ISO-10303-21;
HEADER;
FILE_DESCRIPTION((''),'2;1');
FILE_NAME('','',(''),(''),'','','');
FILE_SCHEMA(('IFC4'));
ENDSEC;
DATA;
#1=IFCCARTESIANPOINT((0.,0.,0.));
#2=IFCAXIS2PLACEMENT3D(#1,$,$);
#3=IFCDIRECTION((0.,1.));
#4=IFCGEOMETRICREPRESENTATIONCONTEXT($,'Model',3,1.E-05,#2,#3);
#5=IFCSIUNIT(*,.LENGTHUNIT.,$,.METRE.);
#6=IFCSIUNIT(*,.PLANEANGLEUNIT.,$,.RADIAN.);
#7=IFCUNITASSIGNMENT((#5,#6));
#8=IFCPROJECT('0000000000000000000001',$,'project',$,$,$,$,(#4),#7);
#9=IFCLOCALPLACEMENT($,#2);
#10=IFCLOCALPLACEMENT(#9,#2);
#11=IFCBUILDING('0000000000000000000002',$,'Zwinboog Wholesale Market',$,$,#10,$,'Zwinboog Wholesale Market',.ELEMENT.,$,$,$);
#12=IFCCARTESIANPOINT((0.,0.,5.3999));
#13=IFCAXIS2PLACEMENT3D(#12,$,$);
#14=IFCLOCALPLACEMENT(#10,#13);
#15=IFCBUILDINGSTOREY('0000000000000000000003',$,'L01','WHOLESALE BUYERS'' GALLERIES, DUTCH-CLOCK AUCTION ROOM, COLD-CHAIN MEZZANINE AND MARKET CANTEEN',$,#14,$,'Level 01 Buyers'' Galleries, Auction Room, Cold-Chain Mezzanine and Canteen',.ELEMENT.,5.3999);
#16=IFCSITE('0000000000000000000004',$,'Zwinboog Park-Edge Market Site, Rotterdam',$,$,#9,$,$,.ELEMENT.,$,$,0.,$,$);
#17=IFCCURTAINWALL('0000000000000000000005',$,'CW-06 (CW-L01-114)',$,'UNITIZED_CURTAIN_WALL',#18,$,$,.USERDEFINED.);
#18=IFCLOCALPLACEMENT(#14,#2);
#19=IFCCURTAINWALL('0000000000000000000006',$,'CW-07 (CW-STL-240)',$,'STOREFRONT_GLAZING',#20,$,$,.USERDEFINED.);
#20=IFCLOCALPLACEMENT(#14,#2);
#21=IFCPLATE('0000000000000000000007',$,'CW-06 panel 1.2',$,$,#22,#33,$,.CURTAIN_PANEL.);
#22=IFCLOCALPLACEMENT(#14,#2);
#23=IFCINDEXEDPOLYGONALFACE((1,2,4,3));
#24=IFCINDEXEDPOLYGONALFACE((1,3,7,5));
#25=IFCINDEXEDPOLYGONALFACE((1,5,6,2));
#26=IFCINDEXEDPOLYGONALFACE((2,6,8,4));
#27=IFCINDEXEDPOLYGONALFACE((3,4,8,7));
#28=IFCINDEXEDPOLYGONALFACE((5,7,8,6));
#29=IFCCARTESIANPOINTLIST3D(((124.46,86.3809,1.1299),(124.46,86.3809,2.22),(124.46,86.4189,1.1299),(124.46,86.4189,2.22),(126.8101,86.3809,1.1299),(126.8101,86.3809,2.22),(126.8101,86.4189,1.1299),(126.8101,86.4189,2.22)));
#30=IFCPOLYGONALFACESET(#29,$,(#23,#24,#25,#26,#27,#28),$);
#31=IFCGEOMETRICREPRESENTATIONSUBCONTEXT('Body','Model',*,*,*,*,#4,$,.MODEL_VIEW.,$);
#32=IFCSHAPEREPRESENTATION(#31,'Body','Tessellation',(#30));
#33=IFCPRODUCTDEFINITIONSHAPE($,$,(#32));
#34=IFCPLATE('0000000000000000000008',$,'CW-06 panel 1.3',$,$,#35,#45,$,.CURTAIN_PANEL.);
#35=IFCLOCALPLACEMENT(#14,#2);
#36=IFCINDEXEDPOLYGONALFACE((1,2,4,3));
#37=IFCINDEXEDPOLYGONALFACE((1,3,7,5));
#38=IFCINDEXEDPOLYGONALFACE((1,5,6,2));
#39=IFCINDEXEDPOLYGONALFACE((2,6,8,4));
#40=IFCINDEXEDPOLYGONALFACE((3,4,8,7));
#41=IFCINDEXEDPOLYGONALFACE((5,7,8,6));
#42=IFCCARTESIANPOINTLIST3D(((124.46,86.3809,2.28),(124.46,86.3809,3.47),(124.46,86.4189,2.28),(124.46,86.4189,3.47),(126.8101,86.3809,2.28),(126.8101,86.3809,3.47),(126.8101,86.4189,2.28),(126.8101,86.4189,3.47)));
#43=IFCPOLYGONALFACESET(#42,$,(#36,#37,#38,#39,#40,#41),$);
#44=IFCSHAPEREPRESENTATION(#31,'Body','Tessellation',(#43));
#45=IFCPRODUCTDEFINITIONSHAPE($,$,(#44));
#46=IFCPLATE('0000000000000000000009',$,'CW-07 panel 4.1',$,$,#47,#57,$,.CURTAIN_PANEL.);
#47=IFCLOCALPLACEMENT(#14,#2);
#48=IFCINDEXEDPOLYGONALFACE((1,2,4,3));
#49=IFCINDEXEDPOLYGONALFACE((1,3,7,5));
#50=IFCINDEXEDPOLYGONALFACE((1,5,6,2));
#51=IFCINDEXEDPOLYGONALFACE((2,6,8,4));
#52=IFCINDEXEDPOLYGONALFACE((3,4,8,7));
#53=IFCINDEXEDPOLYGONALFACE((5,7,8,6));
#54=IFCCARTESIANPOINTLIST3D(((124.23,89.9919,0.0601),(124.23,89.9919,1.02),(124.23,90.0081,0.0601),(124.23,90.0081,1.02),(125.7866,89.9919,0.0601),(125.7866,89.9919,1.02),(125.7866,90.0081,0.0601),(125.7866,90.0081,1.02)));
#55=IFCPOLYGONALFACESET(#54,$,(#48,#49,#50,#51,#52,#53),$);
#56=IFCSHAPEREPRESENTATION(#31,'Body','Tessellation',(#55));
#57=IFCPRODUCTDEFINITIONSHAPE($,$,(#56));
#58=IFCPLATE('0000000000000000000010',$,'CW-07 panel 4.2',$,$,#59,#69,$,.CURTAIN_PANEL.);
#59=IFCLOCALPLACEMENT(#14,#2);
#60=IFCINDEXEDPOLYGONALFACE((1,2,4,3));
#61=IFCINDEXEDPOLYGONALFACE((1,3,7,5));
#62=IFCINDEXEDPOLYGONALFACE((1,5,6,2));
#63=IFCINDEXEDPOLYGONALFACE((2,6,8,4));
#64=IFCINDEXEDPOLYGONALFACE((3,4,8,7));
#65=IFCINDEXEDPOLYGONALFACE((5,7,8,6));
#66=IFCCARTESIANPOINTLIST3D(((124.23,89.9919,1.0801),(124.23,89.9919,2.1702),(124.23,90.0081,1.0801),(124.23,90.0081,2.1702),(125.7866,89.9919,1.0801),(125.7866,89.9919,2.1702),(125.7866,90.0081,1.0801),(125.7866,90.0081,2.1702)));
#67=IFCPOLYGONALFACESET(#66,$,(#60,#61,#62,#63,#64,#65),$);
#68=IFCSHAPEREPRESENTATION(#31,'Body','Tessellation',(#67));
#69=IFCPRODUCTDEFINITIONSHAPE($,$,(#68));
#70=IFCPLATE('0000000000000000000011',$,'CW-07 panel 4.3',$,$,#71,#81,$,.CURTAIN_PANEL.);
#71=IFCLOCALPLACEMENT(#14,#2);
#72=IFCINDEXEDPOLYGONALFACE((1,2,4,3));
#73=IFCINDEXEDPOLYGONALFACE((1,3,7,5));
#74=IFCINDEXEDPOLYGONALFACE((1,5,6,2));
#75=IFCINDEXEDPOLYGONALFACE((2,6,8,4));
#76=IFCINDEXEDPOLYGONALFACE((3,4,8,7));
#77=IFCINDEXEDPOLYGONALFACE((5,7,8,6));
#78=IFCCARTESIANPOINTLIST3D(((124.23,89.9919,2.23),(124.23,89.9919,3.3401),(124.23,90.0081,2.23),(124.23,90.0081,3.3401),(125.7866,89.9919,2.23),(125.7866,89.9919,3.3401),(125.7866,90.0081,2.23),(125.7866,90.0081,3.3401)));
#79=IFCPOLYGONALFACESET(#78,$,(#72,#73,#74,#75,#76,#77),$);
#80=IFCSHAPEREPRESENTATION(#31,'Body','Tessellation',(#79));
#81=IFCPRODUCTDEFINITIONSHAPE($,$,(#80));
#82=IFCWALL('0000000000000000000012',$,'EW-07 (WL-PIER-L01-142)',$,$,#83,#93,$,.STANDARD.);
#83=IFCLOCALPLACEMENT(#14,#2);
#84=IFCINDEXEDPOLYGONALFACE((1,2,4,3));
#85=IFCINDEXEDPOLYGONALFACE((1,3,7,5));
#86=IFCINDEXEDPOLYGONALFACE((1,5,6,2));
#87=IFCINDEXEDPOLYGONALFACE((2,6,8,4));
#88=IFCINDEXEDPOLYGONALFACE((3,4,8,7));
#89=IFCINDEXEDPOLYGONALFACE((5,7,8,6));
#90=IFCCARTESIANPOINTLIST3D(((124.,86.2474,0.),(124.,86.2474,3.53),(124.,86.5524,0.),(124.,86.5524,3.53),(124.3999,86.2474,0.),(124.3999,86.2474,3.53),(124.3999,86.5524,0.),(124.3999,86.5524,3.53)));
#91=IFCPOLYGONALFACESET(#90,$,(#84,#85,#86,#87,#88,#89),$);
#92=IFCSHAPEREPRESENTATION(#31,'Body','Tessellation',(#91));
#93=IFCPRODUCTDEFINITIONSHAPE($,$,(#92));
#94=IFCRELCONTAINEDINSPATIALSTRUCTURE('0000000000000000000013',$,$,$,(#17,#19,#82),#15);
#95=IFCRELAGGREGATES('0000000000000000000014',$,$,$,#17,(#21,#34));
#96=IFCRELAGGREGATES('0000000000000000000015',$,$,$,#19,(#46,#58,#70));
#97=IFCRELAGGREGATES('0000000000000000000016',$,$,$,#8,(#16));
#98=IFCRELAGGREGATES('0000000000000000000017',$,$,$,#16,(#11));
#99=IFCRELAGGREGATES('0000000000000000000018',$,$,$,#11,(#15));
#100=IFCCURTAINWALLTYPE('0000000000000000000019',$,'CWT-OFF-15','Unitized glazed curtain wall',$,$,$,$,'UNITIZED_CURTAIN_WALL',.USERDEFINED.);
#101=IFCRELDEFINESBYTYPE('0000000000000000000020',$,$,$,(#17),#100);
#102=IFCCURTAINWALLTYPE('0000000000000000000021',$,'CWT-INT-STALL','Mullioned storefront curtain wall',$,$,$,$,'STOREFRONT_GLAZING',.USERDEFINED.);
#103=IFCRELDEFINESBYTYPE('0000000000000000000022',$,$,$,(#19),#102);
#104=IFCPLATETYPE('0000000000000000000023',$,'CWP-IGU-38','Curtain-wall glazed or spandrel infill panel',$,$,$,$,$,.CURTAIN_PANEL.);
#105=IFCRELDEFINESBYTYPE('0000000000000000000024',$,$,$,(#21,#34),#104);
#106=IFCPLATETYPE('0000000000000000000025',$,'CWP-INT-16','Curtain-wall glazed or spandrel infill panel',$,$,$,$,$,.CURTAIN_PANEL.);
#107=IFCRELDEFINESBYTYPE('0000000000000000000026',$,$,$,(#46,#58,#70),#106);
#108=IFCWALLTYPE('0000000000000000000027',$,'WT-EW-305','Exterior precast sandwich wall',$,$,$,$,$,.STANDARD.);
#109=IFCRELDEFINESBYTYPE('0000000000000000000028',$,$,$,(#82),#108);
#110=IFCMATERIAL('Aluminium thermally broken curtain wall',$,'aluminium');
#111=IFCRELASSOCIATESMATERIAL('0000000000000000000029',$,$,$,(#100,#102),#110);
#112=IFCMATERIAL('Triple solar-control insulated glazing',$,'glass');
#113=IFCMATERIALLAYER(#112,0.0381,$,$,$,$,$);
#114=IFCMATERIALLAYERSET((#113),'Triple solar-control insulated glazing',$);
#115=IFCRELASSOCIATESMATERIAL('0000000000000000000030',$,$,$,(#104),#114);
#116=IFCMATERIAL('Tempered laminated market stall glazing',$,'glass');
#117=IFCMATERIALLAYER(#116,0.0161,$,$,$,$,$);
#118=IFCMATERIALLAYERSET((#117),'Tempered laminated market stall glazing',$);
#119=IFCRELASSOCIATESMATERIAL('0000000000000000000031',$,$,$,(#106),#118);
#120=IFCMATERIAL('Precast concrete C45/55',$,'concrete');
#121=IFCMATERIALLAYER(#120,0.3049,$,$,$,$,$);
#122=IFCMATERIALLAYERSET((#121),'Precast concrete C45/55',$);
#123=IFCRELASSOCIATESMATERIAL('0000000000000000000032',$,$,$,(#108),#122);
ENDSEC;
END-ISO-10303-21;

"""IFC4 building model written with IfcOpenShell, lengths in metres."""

from ifc_helpers import new_model, si_unit, direction, frame, frame_2d, origin, origin_2d, place, context, subcontext, project, spatial, rectangle, extrude, material, layer, layer_set, type_object, element, aggregate, save


model = new_model("IFC4")

# Units and contexts
model_context = context("Model", 3, precision=1e-05, world=origin(), true_north=direction((0.0, 1.0)))
body_context = subcontext(model_context, "Body", "Model", "MODEL_VIEW")
ifc_project = project(units=[si_unit("LENGTHUNIT", "METRE"), si_unit("PLANEANGLEUNIT", "RADIAN")], contexts=[model_context])

# Site, building, storey
site_placement = place(None, origin())
site = spatial("IfcSite", under=ifc_project, at=site_placement, Name="Zwinboog Park-Edge Market Site, Rotterdam", CompositionType="ELEMENT", RefElevation=0.0)
building_placement = place(site_placement, origin())
building = spatial("IfcBuilding", under=site, at=building_placement, Name="Zwinboog Wholesale Market", LongName="Zwinboog Wholesale Market", CompositionType="ELEMENT")
storey_placement = place(building_placement, frame((0.0, 0.0, 5.3999)))
storey = spatial("IfcBuildingStorey", under=building, at=storey_placement, Name="L01", Description="WHOLESALE BUYERS' GALLERIES, DUTCH-CLOCK AUCTION ROOM, COLD-CHAIN MEZZANINE AND MARKET CANTEEN", LongName="Level 01 Buyers' Galleries, Auction Room, Cold-Chain Mezzanine and Canteen", CompositionType="ELEMENT", Elevation=5.3999)

# Shared definitions
ifc_material_1 = material(Name="Aluminium thermally broken curtain wall", Category="aluminium")

# Curtain walls
curtain_wall_type_1 = type_object("IfcCurtainWallType", Name="CWT-OFF-15", Description="Unitized glazed curtain wall", ElementType="UNITIZED_CURTAIN_WALL", PredefinedType="USERDEFINED", material=ifc_material_1)
curtain_wall_1_placement = place(storey_placement, origin())
curtain_wall_1 = element("IfcCurtainWall", 1, at=curtain_wall_1_placement, inside=storey, type_object=curtain_wall_type_1, Name="CW-06 (CW-L01-114)", ObjectType="UNITIZED_CURTAIN_WALL", PredefinedType="USERDEFINED")
curtain_wall_type_2 = type_object("IfcCurtainWallType", Name="CWT-INT-STALL", Description="Mullioned storefront curtain wall", ElementType="STOREFRONT_GLAZING", PredefinedType="USERDEFINED", material=ifc_material_1)
curtain_wall_2_placement = place(storey_placement, origin())
curtain_wall_2 = element("IfcCurtainWall", 2, at=curtain_wall_2_placement, inside=storey, type_object=curtain_wall_type_2, Name="CW-07 (CW-STL-240)", ObjectType="STOREFRONT_GLAZING", PredefinedType="USERDEFINED")

# Plates
ifc_material_2 = material(Name="Triple solar-control insulated glazing", Category="glass")
ifc_layer_1 = layer(ifc_material_2, 0.0381)
ifc_layer_set_1 = layer_set([ifc_layer_1], Name="Triple solar-control insulated glazing")
plate_type_1 = type_object("IfcPlateType", Name="CWP-IGU-38", Description="Curtain-wall glazed or spandrel infill panel", PredefinedType="CURTAIN_PANEL", material=ifc_layer_set_1)
plate_1_placement = place(storey_placement, frame((125.635, 86.3999, 1.1299), z_axis=(0.0, 0.0, 1.0), x_axis=(1.0, 0.0, 0.0)))
plate_1 = element("IfcPlate", 3, at=plate_1_placement, type_object=plate_type_1, Name="CW-06 panel 1.2", PredefinedType="CURTAIN_PANEL", context=body_context, shape_type="SweptSolid", body=[
    extrude(rectangle(XDim=2.3501, YDim=0.0381, at=origin_2d()), origin(), (0.0, 0.0, 1.0), 1.0901),
])
plate_2_placement = place(storey_placement, frame((125.635, 86.3999, 2.28), z_axis=(0.0, 0.0, 1.0), x_axis=(1.0, 0.0, 0.0)))
plate_2 = element("IfcPlate", 4, at=plate_2_placement, type_object=plate_type_1, Name="CW-06 panel 1.3", PredefinedType="CURTAIN_PANEL", context=body_context, shape_type="SweptSolid", body=[
    extrude(rectangle(XDim=2.3501, YDim=0.0381, at=origin_2d()), origin(), (0.0, 0.0, 1.0), 1.1899),
])
aggregate(curtain_wall_1, [plate_1, plate_2])
ifc_material_3 = material(Name="Tempered laminated market stall glazing", Category="glass")
ifc_layer_2 = layer(ifc_material_3, 0.0161)
ifc_layer_set_2 = layer_set([ifc_layer_2], Name="Tempered laminated market stall glazing")
plate_type_2 = type_object("IfcPlateType", Name="CWP-INT-16", Description="Curtain-wall glazed or spandrel infill panel", PredefinedType="CURTAIN_PANEL", material=ifc_layer_set_2)
plate_3_placement = place(storey_placement, frame((125.0083, 90.0, 0.0601), z_axis=(0.0, 0.0, 1.0), x_axis=(1.0, 0.0, 0.0)))
plate_3 = element("IfcPlate", 5, at=plate_3_placement, type_object=plate_type_2, Name="CW-07 panel 4.1", PredefinedType="CURTAIN_PANEL", context=body_context, shape_type="SweptSolid", body=[
    extrude(rectangle(XDim=1.5566, YDim=0.0161, at=origin_2d()), origin(), (0.0, 0.0, 1.0), 0.96),
])
plate_4_placement = place(storey_placement, frame((125.0083, 90.0, 1.0801), z_axis=(0.0, 0.0, 1.0), x_axis=(1.0, 0.0, 0.0)))
plate_4 = element("IfcPlate", 6, at=plate_4_placement, type_object=plate_type_2, Name="CW-07 panel 4.2", PredefinedType="CURTAIN_PANEL", context=body_context, shape_type="SweptSolid", body=[
    extrude(rectangle(XDim=1.5566, YDim=0.0161, at=origin_2d()), origin(), (0.0, 0.0, 1.0), 1.0901),
])
plate_5_placement = place(storey_placement, frame((125.0083, 90.0, 2.23), z_axis=(0.0, 0.0, 1.0), x_axis=(1.0, 0.0, 0.0)))
plate_5 = element("IfcPlate", 7, at=plate_5_placement, type_object=plate_type_2, Name="CW-07 panel 4.3", PredefinedType="CURTAIN_PANEL", context=body_context, shape_type="SweptSolid", body=[
    extrude(rectangle(XDim=1.5566, YDim=0.0161, at=origin_2d()), origin(), (0.0, 0.0, 1.0), 1.1101),
])
aggregate(curtain_wall_2, [plate_3, plate_4, plate_5])

# Wall
ifc_material_4 = material(Name="Precast concrete C45/55", Category="concrete")
ifc_layer_3 = layer(ifc_material_4, 0.3049)
ifc_layer_set_3 = layer_set([ifc_layer_3], Name="Precast concrete C45/55")
wall_type = type_object("IfcWallType", Name="WT-EW-305", Description="Exterior precast sandwich wall", PredefinedType="STANDARD", material=ifc_layer_set_3)
wall_placement = place(storey_placement, frame((124.0, 86.3999, 0.0), z_axis=(0.0, 0.0, 1.0), x_axis=(1.0, 0.0, 0.0)))
element("IfcWall", 8, at=wall_placement, inside=storey, type_object=wall_type, Name="EW-07 (WL-PIER-L01-142)", PredefinedType="STANDARD", context=body_context, shape_type="SweptSolid", body=[
    extrude(rectangle(XDim=0.3999, YDim=0.3049, at=frame_2d((0.2, 0.0))), origin(), (0.0, 0.0, 1.0), 3.53),
])

save(model, "model.ifc")
